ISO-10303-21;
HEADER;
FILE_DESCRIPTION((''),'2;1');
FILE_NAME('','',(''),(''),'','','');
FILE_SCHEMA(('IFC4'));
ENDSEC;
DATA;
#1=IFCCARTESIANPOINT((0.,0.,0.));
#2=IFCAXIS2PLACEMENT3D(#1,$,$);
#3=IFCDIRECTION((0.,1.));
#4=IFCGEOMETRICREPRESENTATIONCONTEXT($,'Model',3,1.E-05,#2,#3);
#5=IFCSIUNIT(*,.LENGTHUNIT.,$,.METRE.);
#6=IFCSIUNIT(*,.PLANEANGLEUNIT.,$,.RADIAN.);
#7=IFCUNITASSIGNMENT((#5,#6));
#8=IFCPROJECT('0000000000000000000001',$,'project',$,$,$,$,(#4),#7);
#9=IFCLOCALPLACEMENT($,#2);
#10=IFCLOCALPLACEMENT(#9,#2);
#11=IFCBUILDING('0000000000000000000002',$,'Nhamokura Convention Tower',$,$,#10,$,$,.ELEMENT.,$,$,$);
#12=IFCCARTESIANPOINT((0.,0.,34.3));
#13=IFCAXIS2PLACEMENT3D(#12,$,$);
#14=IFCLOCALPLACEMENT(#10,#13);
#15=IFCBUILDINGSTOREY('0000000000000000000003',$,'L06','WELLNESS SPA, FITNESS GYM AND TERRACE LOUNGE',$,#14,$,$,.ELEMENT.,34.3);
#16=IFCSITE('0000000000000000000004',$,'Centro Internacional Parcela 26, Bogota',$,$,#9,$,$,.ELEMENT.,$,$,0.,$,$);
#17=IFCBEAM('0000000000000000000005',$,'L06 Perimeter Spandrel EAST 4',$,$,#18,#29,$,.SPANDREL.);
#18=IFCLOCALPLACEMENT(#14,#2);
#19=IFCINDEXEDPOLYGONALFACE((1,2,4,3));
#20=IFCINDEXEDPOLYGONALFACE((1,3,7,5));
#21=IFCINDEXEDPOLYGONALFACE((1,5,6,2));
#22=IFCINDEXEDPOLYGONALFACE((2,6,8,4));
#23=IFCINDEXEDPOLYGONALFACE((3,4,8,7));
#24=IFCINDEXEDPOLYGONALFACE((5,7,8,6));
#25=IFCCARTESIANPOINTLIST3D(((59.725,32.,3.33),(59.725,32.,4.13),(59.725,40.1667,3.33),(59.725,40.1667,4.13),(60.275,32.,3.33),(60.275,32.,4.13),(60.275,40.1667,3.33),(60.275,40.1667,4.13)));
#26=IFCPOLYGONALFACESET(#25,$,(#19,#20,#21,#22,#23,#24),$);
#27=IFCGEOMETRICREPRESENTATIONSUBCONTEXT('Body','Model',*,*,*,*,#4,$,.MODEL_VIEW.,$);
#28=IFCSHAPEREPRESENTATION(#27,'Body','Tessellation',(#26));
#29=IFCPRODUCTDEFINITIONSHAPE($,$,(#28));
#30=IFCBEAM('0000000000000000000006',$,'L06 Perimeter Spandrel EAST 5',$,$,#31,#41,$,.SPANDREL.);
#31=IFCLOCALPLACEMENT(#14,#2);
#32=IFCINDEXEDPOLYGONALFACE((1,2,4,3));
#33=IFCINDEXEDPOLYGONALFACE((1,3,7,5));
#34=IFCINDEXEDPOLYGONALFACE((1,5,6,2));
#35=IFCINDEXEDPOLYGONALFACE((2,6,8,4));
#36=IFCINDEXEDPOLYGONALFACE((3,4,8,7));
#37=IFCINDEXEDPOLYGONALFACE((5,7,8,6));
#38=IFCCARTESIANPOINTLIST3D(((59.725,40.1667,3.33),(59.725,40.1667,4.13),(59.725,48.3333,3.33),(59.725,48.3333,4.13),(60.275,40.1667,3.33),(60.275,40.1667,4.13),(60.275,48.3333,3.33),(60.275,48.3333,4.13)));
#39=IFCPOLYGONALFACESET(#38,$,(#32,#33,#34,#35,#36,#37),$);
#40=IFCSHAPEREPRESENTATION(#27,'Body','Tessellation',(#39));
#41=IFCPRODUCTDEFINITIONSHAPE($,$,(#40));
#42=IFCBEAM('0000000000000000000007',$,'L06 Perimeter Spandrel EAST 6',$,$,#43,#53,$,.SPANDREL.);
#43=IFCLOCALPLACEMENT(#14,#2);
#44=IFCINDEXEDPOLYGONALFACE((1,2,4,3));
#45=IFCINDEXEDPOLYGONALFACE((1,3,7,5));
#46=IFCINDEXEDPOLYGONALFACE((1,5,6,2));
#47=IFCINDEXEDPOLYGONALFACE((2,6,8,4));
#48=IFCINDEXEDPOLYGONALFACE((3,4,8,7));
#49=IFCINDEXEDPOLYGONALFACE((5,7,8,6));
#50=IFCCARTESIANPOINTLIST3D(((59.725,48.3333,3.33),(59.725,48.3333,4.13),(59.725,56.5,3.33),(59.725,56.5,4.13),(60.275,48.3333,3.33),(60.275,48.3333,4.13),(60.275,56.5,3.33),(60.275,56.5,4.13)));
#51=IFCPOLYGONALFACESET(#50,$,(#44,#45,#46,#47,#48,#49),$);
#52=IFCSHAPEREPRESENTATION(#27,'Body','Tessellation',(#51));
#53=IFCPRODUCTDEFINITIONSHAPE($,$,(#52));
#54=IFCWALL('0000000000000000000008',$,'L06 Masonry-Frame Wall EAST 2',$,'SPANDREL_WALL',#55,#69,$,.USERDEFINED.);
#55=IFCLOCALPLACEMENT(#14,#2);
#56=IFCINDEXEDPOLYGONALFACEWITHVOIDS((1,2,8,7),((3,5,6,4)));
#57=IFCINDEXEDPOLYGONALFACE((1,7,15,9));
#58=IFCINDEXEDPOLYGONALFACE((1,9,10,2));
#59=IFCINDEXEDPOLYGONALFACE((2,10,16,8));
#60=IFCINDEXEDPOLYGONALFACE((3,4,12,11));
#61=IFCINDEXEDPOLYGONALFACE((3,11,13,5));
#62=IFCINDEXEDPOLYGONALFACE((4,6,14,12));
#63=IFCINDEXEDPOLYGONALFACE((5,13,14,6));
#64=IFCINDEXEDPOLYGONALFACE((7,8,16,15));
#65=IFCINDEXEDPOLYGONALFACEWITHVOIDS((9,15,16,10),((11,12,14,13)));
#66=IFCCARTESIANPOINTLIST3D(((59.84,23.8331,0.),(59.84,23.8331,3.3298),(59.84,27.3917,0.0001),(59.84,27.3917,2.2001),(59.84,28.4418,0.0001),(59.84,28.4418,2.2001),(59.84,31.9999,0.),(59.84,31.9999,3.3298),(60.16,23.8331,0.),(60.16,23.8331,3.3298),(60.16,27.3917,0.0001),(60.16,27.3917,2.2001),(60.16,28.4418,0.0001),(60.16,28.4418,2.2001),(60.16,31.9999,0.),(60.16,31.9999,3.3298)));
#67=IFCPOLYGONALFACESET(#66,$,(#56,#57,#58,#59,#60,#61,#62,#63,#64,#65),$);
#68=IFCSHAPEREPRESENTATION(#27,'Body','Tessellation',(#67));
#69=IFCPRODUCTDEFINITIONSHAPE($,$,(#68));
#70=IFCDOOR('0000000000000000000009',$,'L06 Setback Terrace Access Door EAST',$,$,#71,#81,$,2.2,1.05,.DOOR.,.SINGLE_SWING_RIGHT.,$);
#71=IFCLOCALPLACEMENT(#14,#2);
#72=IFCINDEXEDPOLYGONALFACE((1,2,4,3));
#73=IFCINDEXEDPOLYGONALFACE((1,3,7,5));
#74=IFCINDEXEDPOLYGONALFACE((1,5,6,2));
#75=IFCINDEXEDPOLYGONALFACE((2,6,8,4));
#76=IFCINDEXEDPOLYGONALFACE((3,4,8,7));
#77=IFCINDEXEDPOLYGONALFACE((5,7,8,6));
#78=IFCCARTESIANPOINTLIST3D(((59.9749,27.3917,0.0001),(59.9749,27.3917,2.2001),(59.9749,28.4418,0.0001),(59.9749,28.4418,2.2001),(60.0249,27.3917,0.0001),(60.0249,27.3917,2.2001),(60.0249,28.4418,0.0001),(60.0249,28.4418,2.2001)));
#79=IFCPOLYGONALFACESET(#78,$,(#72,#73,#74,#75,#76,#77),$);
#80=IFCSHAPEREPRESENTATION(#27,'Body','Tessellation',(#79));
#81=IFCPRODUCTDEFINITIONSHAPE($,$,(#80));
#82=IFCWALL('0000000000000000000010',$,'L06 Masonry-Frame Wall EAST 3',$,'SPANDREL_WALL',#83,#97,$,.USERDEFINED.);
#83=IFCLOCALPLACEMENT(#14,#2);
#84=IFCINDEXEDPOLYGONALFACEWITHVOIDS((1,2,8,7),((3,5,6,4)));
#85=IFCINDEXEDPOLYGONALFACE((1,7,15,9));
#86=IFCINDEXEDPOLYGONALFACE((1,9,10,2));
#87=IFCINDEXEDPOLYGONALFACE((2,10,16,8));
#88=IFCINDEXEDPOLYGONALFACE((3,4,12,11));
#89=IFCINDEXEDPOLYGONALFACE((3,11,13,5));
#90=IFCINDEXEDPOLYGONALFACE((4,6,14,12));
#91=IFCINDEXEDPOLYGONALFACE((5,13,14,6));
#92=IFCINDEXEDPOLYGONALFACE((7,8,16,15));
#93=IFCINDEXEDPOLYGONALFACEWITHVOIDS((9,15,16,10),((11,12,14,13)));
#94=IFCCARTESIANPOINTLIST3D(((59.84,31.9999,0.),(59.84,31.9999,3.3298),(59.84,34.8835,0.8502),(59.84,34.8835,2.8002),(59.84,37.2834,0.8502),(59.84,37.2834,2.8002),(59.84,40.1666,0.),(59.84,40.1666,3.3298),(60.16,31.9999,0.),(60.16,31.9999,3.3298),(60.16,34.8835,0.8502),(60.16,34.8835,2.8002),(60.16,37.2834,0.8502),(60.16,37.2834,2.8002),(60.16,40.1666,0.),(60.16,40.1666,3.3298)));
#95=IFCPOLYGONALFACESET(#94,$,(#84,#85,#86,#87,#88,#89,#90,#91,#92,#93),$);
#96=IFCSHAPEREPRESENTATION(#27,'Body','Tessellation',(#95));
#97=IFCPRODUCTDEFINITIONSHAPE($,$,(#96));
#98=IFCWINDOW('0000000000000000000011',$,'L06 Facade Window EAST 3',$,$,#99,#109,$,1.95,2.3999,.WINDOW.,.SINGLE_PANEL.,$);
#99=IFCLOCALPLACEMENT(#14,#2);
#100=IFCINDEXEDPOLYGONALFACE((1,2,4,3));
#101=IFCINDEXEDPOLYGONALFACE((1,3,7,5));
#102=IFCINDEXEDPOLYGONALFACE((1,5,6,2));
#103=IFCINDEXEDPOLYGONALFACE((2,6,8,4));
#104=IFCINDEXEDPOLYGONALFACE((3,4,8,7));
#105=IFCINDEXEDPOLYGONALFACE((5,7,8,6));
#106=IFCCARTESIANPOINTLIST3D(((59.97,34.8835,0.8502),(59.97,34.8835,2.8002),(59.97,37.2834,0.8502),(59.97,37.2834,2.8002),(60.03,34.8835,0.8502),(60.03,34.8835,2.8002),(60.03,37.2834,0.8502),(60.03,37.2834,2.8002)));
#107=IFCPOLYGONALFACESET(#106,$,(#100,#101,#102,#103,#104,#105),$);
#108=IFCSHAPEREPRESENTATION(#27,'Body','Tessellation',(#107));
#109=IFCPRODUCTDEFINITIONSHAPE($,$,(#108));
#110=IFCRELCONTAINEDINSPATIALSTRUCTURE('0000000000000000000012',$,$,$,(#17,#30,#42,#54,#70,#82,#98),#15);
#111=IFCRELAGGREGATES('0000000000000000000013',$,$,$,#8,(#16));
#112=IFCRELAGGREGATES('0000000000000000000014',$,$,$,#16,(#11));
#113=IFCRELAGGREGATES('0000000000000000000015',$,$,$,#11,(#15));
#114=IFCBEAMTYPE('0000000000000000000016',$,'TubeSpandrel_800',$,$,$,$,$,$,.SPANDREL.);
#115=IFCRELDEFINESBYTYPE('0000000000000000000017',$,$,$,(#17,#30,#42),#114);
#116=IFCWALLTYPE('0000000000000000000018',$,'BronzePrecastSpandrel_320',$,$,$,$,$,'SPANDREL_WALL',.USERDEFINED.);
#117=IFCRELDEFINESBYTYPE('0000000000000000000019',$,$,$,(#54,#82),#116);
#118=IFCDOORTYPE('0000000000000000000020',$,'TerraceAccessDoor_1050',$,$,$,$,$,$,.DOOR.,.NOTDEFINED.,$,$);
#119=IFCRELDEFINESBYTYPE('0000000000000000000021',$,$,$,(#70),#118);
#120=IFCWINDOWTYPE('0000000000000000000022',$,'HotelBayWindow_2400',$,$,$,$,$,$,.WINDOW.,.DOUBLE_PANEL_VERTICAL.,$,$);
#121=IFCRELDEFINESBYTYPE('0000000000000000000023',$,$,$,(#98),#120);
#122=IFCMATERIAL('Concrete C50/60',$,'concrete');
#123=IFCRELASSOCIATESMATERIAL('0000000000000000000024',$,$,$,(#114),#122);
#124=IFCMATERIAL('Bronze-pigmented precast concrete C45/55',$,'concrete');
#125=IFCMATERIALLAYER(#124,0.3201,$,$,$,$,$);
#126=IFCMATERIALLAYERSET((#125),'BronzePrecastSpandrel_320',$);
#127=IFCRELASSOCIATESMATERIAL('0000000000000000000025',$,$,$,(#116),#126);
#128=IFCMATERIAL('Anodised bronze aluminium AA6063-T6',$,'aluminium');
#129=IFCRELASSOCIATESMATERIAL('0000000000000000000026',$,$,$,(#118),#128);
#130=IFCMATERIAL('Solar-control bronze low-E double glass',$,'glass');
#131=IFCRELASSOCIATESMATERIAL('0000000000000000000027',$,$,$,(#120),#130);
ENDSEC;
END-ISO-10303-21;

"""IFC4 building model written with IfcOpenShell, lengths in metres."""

from ifc_helpers import new_model, si_unit, direction, frame, frame_2d, origin, origin_2d, place, context, subcontext, project, spatial, rectangle, extrude, material, layer, layer_set, material_profile, profile_set, type_object, element, fill, save


model = new_model("IFC4")

# Units and contexts
model_context = context("Model", 3, precision=1e-05, world=origin(), true_north=direction((0.0, 1.0)))
body_context = subcontext(model_context, "Body", "Model", "MODEL_VIEW")
ifc_project = project(units=[si_unit("LENGTHUNIT", "METRE"), si_unit("PLANEANGLEUNIT", "RADIAN")], contexts=[model_context])

# Site, building, storey
site_placement = place(None, origin())
site = spatial("IfcSite", under=ifc_project, at=site_placement, Name="Centro Internacional Parcela 26, Bogota", CompositionType="ELEMENT", RefElevation=0.0)
building_placement = place(site_placement, origin())
building = spatial("IfcBuilding", under=site, at=building_placement, Name="Nhamokura Convention Tower", CompositionType="ELEMENT")
storey_placement = place(building_placement, frame((0.0, 0.0, 34.3)))
storey = spatial("IfcBuildingStorey", under=building, at=storey_placement, Name="L06", Description="WELLNESS SPA, FITNESS GYM AND TERRACE LOUNGE", CompositionType="ELEMENT", Elevation=34.3)

# Beams
ifc_material_1 = material(Name="Concrete C50/60", Category="concrete")
ifc_material_profile_1 = material_profile(ifc_material_1, rectangle(XDim=0.55, YDim=0.8, at=origin_2d()))
ifc_profile_set_1 = profile_set([ifc_material_profile_1], Name="Concrete C50/60")
beam_type_1 = type_object("IfcBeamType", Name="TubeSpandrel_800", PredefinedType="SPANDREL", material=ifc_profile_set_1)
beam_1_placement = place(storey_placement, frame((60.0, 32.0, 3.73), z_axis=(0.0, 1.0, 0.0), x_axis=(-1.0, 0.0, 0.0)))
element("IfcBeam", 1, at=beam_1_placement, inside=storey, type_object=beam_type_1, Name="L06 Perimeter Spandrel EAST 4", PredefinedType="SPANDREL", context=body_context, shape_type="SweptSolid", body=[
    extrude(rectangle(XDim=0.55, YDim=0.8, at=origin_2d()), origin(), (0.0, 0.0, 1.0), 8.1667),
])
beam_2_placement = place(storey_placement, frame((60.0, 40.1667, 3.73), z_axis=(0.0, 1.0, 0.0), x_axis=(-1.0, 0.0, 0.0)))
element("IfcBeam", 2, at=beam_2_placement, inside=storey, type_object=beam_type_1, Name="L06 Perimeter Spandrel EAST 5", PredefinedType="SPANDREL", context=body_context, shape_type="SweptSolid", body=[
    extrude(rectangle(XDim=0.55, YDim=0.8, at=origin_2d()), origin(), (0.0, 0.0, 1.0), 8.1665),
])
beam_3_placement = place(storey_placement, frame((60.0, 48.3333, 3.73), z_axis=(0.0, 1.0, 0.0), x_axis=(-1.0, 0.0, 0.0)))
element("IfcBeam", 3, at=beam_3_placement, inside=storey, type_object=beam_type_1, Name="L06 Perimeter Spandrel EAST 6", PredefinedType="SPANDREL", context=body_context, shape_type="SweptSolid", body=[
    extrude(rectangle(XDim=0.55, YDim=0.8, at=origin_2d()), origin(), (0.0, 0.0, 1.0), 8.1667),
])

# Wall, opening, door
ifc_material_2 = material(Name="Bronze-pigmented precast concrete C45/55", Category="concrete")
ifc_layer = layer(ifc_material_2, 0.3201)
ifc_layer_set = layer_set([ifc_layer], Name="BronzePrecastSpandrel_320")
wall_type = type_object("IfcWallType", Name="BronzePrecastSpandrel_320", ElementType="SPANDREL_WALL", PredefinedType="USERDEFINED", material=ifc_layer_set)
wall_1_placement = place(storey_placement, frame((60.0, 32.0, 0.0), z_axis=(0.0, 0.0, 1.0), x_axis=(0.0, -1.0, 0.0)))
wall_1 = element("IfcWall", 4, at=wall_1_placement, inside=storey, type_object=wall_type, Name="L06 Masonry-Frame Wall EAST 2", ObjectType="SPANDREL_WALL", PredefinedType="USERDEFINED", context=body_context, shape_type="SweptSolid", body=[
    extrude(rectangle(XDim=8.1667, YDim=0.3201, at=frame_2d((4.0835, 0.0))), origin(), (0.0, 0.0, 1.0), 3.3298),
])
opening_1_placement = place(wall_1_placement, frame((3.5583, 0.0, 0.0)))
opening_1 = element("IfcOpeningElement", 5, at=opening_1_placement, cuts=wall_1, PredefinedType="OPENING", context=body_context, shape_type="SweptSolid", body=[
    extrude(rectangle(XDim=1.05, YDim=2.2, at=frame_2d((0.5249, 1.1001))), frame((0.0, 0.1699, 0.0), z_axis=(0.0, -1.0, 0.0), x_axis=(1.0, 0.0, 0.0)), (0.0, 0.0, 1.0), 0.3401),
])
ifc_material_3 = material(Name="Anodised bronze aluminium AA6063-T6", Category="aluminium")
door_type = type_object("IfcDoorType", Name="TerraceAccessDoor_1050", OperationType="NOTDEFINED", PredefinedType="DOOR", material=ifc_material_3)
door_placement = place(opening_1_placement, origin())
door = element("IfcDoor", 6, at=door_placement, inside=storey, type_object=door_type, Name="L06 Setback Terrace Access Door EAST", OperationType="SINGLE_SWING_RIGHT", OverallHeight=2.2, OverallWidth=1.05, PredefinedType="DOOR", context=body_context, shape_type="SweptSolid", body=[
    extrude(rectangle(XDim=1.05, YDim=2.2, at=frame_2d((0.5249, 1.1001))), frame((0.0, 0.0249, 0.0), z_axis=(0.0, -1.0, 0.0), x_axis=(1.0, 0.0, 0.0)), (0.0, 0.0, 1.0), 0.05),
])
fill(opening_1, door)

# Wall, opening, window
wall_2_placement = place(storey_placement, frame((60.0, 40.1667, 0.0), z_axis=(0.0, 0.0, 1.0), x_axis=(0.0, -1.0, 0.0)))
wall_2 = element("IfcWall", 7, at=wall_2_placement, inside=storey, type_object=wall_type, Name="L06 Masonry-Frame Wall EAST 3", ObjectType="SPANDREL_WALL", PredefinedType="USERDEFINED", context=body_context, shape_type="SweptSolid", body=[
    extrude(rectangle(XDim=8.1667, YDim=0.3201, at=frame_2d((4.0835, 0.0))), origin(), (0.0, 0.0, 1.0), 3.3298),
])
opening_2_placement = place(wall_2_placement, frame((2.8833, 0.0, 0.8501)))
opening_2 = element("IfcOpeningElement", 8, at=opening_2_placement, cuts=wall_2, PredefinedType="OPENING", context=body_context, shape_type="SweptSolid", body=[
    extrude(rectangle(XDim=2.3999, YDim=1.95, at=frame_2d((1.2, 0.9751))), frame((0.0, 0.1699, 0.0), z_axis=(0.0, -1.0, 0.0), x_axis=(1.0, 0.0, 0.0)), (0.0, 0.0, 1.0), 0.3401),
])
ifc_material_4 = material(Name="Solar-control bronze low-E double glass", Category="glass")
window_type = type_object("IfcWindowType", Name="HotelBayWindow_2400", PartitioningType="DOUBLE_PANEL_VERTICAL", PredefinedType="WINDOW", material=ifc_material_4)
window_placement = place(opening_2_placement, origin())
window = element("IfcWindow", 9, at=window_placement, inside=storey, type_object=window_type, Name="L06 Facade Window EAST 3", OverallHeight=1.95, OverallWidth=2.3999, PartitioningType="SINGLE_PANEL", PredefinedType="WINDOW", context=body_context, shape_type="SweptSolid", body=[
    extrude(rectangle(XDim=2.3999, YDim=1.95, at=frame_2d((1.2, 0.9751))), frame((0.0, 0.03, 0.0), z_axis=(0.0, -1.0, 0.0), x_axis=(1.0, 0.0, 0.0)), (0.0, 0.0, 1.0), 0.0601),
])
fill(opening_2, window)

save(model, "model.ifc")
